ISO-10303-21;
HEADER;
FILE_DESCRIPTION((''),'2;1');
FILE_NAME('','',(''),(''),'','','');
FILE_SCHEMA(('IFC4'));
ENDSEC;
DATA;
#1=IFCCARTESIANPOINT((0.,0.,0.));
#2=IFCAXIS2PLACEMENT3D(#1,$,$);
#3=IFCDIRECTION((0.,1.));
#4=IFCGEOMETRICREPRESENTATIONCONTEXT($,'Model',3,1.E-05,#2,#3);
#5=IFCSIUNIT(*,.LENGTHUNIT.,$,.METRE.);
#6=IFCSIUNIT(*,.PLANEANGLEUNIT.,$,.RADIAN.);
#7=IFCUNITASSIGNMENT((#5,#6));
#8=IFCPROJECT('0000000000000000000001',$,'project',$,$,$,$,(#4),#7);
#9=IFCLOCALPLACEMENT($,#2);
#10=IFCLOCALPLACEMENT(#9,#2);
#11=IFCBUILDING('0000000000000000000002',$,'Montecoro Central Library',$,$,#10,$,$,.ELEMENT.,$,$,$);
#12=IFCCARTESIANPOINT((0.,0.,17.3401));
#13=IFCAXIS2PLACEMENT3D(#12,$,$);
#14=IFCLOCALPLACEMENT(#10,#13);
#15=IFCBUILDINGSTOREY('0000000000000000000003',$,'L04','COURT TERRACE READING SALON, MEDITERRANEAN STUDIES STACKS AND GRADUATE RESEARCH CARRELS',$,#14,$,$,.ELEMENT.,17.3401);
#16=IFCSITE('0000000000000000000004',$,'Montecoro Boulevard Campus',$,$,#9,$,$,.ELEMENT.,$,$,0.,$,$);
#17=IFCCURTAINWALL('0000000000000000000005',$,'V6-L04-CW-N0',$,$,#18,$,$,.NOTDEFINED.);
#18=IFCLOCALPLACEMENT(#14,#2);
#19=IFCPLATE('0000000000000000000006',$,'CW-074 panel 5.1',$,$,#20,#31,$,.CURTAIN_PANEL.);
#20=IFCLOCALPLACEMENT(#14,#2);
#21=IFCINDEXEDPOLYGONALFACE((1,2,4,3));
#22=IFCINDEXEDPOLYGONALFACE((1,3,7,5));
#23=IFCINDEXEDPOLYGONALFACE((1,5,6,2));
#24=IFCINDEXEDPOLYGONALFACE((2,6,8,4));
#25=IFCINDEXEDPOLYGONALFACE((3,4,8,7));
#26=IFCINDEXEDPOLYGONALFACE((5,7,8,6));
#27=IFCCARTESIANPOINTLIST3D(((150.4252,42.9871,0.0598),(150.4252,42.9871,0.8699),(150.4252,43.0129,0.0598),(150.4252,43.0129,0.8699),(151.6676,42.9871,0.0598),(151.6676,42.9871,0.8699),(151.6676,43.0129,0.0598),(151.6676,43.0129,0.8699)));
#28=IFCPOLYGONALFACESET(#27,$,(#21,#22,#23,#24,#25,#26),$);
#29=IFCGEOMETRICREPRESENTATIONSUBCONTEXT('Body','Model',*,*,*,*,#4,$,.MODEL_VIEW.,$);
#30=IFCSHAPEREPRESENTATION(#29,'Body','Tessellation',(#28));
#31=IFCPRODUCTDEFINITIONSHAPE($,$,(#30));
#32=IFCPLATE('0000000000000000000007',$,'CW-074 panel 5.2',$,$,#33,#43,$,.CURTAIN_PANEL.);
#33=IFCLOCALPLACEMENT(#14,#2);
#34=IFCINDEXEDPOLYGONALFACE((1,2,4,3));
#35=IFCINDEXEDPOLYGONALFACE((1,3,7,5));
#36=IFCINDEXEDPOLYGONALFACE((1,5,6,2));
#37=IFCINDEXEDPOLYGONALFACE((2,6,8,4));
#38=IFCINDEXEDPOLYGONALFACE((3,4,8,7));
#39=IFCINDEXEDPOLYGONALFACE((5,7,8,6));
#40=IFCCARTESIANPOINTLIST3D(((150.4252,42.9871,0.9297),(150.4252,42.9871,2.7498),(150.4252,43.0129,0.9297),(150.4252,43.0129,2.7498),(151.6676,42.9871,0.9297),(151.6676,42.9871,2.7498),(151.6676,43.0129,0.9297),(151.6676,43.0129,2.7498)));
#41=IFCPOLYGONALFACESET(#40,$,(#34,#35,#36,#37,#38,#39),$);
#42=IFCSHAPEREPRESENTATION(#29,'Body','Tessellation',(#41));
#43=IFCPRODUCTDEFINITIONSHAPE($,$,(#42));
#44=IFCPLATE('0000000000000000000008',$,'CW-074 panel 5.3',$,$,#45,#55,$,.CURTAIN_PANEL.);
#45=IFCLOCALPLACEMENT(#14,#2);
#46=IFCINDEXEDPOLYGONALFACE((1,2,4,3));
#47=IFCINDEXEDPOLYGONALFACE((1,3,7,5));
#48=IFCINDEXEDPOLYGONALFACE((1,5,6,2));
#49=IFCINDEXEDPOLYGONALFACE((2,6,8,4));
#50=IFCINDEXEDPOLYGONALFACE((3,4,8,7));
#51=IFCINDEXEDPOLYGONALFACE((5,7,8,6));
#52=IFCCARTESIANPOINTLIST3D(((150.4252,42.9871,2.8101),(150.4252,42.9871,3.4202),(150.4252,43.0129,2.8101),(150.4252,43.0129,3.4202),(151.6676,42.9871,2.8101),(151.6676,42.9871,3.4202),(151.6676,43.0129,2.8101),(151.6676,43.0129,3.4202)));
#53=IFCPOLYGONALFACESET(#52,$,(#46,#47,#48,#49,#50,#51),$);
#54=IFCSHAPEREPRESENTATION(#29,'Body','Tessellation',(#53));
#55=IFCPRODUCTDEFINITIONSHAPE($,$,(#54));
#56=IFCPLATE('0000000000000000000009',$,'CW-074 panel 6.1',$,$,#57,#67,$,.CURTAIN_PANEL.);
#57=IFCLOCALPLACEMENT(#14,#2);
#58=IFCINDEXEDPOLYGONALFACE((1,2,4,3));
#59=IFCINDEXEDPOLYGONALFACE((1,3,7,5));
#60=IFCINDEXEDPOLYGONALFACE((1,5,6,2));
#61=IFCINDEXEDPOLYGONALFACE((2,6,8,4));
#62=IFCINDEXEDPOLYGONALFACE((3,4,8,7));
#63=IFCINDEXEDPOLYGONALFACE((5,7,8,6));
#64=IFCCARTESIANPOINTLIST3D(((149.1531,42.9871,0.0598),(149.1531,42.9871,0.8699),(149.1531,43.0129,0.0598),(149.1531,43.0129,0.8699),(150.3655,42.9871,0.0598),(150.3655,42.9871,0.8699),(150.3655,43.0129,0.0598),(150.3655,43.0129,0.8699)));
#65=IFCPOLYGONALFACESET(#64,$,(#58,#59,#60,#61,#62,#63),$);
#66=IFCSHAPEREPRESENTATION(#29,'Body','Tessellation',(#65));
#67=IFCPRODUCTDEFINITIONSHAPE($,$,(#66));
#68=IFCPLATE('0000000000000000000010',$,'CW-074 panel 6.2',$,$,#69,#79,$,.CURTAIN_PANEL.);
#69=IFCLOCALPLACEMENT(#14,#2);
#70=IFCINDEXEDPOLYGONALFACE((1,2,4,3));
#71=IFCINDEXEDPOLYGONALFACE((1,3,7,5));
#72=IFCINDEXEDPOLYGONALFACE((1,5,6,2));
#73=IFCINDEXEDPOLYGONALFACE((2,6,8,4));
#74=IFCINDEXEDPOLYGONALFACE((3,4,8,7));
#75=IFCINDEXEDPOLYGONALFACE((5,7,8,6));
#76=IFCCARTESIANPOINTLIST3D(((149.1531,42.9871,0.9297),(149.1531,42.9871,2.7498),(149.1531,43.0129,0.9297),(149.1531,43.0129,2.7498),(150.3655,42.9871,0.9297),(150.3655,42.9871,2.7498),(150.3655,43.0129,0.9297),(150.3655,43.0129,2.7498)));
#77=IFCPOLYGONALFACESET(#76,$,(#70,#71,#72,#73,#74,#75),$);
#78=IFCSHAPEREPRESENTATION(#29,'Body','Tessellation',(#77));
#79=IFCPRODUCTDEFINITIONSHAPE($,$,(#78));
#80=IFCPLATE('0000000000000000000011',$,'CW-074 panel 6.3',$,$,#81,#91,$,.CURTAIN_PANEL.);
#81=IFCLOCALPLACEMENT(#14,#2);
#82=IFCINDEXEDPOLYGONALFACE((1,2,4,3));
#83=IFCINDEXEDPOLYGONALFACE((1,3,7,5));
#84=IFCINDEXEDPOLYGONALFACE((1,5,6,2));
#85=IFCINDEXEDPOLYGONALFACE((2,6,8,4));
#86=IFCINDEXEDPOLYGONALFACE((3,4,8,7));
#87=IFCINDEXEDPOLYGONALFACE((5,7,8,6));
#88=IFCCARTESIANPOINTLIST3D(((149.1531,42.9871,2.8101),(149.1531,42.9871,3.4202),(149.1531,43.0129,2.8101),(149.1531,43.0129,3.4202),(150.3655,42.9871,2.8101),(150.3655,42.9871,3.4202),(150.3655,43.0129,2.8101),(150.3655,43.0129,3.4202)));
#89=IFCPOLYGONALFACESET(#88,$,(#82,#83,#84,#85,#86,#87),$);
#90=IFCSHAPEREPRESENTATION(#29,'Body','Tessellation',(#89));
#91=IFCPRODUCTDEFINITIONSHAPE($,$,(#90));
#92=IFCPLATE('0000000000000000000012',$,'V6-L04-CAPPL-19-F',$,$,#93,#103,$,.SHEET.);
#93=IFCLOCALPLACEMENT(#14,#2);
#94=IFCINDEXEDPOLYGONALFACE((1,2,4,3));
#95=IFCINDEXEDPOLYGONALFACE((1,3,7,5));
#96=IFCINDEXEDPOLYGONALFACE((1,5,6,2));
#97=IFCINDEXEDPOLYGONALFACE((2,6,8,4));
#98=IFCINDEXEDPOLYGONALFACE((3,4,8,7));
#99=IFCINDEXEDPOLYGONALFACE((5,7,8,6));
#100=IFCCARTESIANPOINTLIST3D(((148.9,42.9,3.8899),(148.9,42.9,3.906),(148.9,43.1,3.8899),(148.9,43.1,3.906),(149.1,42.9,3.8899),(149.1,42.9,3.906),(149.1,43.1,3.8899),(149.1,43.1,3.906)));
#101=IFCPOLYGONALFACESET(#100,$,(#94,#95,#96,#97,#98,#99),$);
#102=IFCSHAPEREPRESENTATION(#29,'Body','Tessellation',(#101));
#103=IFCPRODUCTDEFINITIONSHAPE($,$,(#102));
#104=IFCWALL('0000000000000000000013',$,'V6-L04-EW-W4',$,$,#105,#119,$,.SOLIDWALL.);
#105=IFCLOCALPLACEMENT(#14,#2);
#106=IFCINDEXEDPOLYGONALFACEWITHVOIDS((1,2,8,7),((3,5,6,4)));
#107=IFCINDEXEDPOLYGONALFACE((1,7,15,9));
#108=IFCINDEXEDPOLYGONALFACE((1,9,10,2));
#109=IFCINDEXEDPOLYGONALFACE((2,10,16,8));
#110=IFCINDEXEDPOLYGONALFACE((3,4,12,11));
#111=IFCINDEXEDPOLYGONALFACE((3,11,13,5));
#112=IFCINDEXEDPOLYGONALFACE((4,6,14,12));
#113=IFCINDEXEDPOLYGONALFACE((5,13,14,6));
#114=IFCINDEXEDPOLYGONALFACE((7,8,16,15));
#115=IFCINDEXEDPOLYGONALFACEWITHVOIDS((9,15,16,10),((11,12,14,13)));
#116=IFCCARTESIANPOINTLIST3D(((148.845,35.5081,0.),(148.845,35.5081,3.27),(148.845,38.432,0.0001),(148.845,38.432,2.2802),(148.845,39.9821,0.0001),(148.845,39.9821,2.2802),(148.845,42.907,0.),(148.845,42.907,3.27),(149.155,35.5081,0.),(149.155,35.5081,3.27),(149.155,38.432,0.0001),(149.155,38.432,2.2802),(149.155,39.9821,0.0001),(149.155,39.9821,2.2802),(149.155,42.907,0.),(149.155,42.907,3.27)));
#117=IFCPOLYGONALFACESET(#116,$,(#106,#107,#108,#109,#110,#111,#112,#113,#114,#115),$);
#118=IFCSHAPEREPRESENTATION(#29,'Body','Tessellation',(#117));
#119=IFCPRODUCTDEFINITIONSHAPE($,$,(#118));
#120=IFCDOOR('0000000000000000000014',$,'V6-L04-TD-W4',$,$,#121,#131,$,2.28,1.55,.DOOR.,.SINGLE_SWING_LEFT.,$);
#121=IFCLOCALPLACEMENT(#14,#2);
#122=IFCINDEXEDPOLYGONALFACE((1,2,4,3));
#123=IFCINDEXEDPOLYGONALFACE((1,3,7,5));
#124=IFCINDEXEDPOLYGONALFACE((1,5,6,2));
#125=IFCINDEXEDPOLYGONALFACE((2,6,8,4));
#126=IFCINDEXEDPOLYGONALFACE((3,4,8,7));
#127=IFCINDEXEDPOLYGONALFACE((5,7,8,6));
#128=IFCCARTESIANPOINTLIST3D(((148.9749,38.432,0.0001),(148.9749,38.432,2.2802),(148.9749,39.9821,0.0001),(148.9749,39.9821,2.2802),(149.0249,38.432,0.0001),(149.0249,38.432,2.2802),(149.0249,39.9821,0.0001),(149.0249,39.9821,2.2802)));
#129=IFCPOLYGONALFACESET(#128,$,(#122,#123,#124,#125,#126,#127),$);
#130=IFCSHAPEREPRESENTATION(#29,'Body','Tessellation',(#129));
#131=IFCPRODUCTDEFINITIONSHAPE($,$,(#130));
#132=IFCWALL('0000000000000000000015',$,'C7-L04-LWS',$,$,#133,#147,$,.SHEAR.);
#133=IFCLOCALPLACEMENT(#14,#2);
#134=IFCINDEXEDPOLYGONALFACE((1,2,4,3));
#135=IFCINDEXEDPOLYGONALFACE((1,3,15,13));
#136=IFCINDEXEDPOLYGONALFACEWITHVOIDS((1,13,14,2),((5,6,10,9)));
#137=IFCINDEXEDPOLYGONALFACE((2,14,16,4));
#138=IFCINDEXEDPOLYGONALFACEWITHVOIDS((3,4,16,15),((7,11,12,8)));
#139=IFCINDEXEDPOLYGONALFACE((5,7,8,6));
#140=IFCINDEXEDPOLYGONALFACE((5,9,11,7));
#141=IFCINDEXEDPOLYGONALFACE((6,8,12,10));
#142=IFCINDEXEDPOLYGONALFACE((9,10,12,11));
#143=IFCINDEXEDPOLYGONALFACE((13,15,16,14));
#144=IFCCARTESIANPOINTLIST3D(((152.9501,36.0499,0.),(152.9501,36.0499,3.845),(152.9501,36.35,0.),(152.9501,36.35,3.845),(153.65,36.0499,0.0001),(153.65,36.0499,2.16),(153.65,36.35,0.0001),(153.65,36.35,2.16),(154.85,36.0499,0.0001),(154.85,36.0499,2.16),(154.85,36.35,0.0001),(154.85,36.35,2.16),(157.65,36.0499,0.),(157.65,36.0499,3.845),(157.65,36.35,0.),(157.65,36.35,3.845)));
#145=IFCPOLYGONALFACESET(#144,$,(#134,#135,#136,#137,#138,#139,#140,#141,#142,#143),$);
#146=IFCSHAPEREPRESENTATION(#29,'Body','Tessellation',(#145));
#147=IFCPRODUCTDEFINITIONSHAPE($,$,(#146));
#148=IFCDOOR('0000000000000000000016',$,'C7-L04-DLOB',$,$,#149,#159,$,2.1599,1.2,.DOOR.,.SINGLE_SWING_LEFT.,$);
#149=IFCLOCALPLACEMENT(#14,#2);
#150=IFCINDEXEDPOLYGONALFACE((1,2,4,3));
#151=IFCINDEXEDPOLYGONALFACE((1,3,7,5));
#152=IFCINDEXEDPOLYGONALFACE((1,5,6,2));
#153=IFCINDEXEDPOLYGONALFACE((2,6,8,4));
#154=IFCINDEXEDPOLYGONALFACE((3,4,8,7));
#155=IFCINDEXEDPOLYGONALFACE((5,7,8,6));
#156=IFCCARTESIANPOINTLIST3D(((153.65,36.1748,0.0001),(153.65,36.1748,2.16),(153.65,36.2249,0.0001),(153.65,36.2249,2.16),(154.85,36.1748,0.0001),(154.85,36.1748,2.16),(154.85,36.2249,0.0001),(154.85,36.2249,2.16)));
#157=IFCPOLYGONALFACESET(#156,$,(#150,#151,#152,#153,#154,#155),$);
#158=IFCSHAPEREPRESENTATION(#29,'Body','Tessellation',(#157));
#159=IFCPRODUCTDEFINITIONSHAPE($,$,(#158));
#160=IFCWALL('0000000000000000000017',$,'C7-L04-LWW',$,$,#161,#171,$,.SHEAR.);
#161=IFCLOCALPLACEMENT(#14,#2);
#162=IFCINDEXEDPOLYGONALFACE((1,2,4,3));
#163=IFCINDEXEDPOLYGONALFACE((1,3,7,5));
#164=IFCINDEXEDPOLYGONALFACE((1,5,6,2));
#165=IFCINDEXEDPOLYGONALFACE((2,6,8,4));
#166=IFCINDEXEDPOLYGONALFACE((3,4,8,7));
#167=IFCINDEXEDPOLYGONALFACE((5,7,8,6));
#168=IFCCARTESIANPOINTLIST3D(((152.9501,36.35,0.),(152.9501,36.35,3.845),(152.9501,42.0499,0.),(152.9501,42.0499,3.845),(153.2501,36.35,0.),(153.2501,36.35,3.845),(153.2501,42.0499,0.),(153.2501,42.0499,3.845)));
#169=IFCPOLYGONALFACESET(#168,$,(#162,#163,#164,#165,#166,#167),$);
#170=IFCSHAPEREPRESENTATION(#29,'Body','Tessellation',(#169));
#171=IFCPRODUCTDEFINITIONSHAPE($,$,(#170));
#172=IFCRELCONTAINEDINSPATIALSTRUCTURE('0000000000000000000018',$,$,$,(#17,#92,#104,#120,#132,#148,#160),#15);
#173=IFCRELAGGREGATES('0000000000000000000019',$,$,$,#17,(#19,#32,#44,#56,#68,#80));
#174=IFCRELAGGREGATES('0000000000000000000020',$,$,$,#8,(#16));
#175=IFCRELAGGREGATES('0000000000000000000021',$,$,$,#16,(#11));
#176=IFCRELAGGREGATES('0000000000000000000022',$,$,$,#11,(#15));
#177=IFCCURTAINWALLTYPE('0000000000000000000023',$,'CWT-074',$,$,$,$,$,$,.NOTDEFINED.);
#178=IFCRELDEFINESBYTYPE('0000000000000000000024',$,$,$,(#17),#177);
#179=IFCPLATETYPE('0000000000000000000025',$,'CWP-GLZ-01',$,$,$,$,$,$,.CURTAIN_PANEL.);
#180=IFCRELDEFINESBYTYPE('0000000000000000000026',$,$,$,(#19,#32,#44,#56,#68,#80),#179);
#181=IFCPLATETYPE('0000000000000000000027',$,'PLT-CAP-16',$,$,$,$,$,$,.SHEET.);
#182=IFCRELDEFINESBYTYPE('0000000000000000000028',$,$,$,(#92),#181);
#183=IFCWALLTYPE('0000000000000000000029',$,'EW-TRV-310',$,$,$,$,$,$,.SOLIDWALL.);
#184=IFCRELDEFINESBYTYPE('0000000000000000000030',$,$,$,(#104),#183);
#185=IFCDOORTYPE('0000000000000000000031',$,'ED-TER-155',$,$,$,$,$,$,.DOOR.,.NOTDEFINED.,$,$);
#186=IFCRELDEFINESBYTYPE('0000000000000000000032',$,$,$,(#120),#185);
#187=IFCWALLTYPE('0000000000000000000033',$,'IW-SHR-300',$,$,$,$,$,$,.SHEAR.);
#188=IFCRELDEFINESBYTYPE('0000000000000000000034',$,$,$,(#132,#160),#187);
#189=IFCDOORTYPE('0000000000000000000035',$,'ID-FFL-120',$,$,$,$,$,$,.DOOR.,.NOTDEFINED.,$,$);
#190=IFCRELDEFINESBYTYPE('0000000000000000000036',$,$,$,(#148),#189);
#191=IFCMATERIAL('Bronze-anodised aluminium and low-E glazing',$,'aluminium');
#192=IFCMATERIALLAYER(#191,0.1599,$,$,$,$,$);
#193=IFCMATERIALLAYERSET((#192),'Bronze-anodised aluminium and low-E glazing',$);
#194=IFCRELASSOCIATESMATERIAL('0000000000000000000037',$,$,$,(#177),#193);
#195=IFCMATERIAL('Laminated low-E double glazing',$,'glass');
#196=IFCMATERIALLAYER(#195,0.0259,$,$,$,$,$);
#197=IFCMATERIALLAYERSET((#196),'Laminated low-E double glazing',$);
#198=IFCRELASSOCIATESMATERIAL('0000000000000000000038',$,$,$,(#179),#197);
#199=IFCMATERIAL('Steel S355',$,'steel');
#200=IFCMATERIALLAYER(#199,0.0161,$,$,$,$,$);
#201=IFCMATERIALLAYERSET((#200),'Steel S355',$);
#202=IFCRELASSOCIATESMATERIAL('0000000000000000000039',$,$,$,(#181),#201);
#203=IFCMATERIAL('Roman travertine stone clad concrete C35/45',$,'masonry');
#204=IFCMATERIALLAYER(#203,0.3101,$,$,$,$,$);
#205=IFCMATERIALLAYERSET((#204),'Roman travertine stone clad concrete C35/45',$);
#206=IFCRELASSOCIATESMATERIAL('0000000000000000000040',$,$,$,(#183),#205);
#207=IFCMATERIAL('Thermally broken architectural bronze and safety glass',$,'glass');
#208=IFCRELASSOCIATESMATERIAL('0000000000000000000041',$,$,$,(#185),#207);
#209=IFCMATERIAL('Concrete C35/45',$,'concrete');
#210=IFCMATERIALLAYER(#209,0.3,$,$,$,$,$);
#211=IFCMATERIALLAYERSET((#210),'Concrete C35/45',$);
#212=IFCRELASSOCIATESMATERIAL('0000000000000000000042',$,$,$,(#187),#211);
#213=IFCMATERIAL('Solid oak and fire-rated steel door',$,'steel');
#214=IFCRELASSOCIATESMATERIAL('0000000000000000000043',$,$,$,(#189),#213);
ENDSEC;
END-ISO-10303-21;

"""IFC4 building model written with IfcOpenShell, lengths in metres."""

from ifc_helpers import new_model, si_unit, direction, frame, frame_2d, origin, origin_2d, place, context, subcontext, project, spatial, rectangle, extrude, material, layer, layer_set, type_object, element, fill, aggregate, save


model = new_model("IFC4")

# Units and contexts
model_context = context("Model", 3, precision=1e-05, world=origin(), true_north=direction((0.0, 1.0)))
body_context = subcontext(model_context, "Body", "Model", "MODEL_VIEW")
ifc_project = project(units=[si_unit("LENGTHUNIT", "METRE"), si_unit("PLANEANGLEUNIT", "RADIAN")], contexts=[model_context])

# Site, building, storey
site_placement = place(None, origin())
site = spatial("IfcSite", under=ifc_project, at=site_placement, Name="Montecoro Boulevard Campus", CompositionType="ELEMENT", RefElevation=0.0)
building_placement = place(site_placement, origin())
building = spatial("IfcBuilding", under=site, at=building_placement, Name="Montecoro Central Library", CompositionType="ELEMENT")
storey_placement = place(building_placement, frame((0.0, 0.0, 17.3401)))
storey = spatial("IfcBuildingStorey", under=building, at=storey_placement, Name="L04", Description="COURT TERRACE READING SALON, MEDITERRANEAN STUDIES STACKS AND GRADUATE RESEARCH CARRELS", CompositionType="ELEMENT", Elevation=17.3401)

# Shared definitions
ifc_material_1 = material(Name="Steel S355", Category="steel")

# Curtain wall, plates
ifc_material_2 = material(Name="Bronze-anodised aluminium and low-E glazing", Category="aluminium")
ifc_layer_1 = layer(ifc_material_2, 0.1599)
ifc_layer_set_1 = layer_set([ifc_layer_1], Name="Bronze-anodised aluminium and low-E glazing")
curtain_wall_type = type_object("IfcCurtainWallType", Name="CWT-074", PredefinedType="NOTDEFINED", material=ifc_layer_set_1)
curtain_wall_placement = place(storey_placement, origin())
curtain_wall = element("IfcCurtainWall", 1, at=curtain_wall_placement, inside=storey, type_object=curtain_wall_type, Name="V6-L04-CW-N0", PredefinedType="NOTDEFINED")
ifc_material_3 = material(Name="Laminated low-E double glazing", Category="glass")
ifc_layer_2 = layer(ifc_material_3, 0.0259)
ifc_layer_set_2 = layer_set([ifc_layer_2], Name="Laminated low-E double glazing")
plate_type_1 = type_object("IfcPlateType", Name="CWP-GLZ-01", PredefinedType="CURTAIN_PANEL", material=ifc_layer_set_2)
plate_1_placement = place(storey_placement, frame((151.0464, 43.0, 0.0598), z_axis=(0.0, 0.0, 1.0), x_axis=(-1.0, 0.0, 0.0)))
plate_1 = element("IfcPlate", 2, at=plate_1_placement, type_object=plate_type_1, Name="CW-074 panel 5.1", PredefinedType="CURTAIN_PANEL", context=body_context, shape_type="SweptSolid", body=[
    extrude(rectangle(XDim=1.2424, YDim=0.0259, at=origin_2d()), origin(), (0.0, 0.0, 1.0), 0.8101),
])
plate_2_placement = place(storey_placement, frame((151.0464, 43.0, 0.9297), z_axis=(0.0, 0.0, 1.0), x_axis=(-1.0, 0.0, 0.0)))
plate_2 = element("IfcPlate", 3, at=plate_2_placement, type_object=plate_type_1, Name="CW-074 panel 5.2", PredefinedType="CURTAIN_PANEL", context=body_context, shape_type="SweptSolid", body=[
    extrude(rectangle(XDim=1.2424, YDim=0.0259, at=origin_2d()), origin(), (0.0, 0.0, 1.0), 1.8201),
])
plate_3_placement = place(storey_placement, frame((151.0464, 43.0, 2.8101), z_axis=(0.0, 0.0, 1.0), x_axis=(-1.0, 0.0, 0.0)))
plate_3 = element("IfcPlate", 4, at=plate_3_placement, type_object=plate_type_1, Name="CW-074 panel 5.3", PredefinedType="CURTAIN_PANEL", context=body_context, shape_type="SweptSolid", body=[
    extrude(rectangle(XDim=1.2424, YDim=0.0259, at=origin_2d()), origin(), (0.0, 0.0, 1.0), 0.6101),
])
plate_4_placement = place(storey_placement, frame((149.7593, 43.0, 0.0598), z_axis=(0.0, 0.0, 1.0), x_axis=(-1.0, 0.0, 0.0)))
plate_4 = element("IfcPlate", 5, at=plate_4_placement, type_object=plate_type_1, Name="CW-074 panel 6.1", PredefinedType="CURTAIN_PANEL", context=body_context, shape_type="SweptSolid", body=[
    extrude(rectangle(XDim=1.2124, YDim=0.0259, at=origin_2d()), origin(), (0.0, 0.0, 1.0), 0.8101),
])
plate_5_placement = place(storey_placement, frame((149.7593, 43.0, 0.9297), z_axis=(0.0, 0.0, 1.0), x_axis=(-1.0, 0.0, 0.0)))
plate_5 = element("IfcPlate", 6, at=plate_5_placement, type_object=plate_type_1, Name="CW-074 panel 6.2", PredefinedType="CURTAIN_PANEL", context=body_context, shape_type="SweptSolid", body=[
    extrude(rectangle(XDim=1.2124, YDim=0.0259, at=origin_2d()), origin(), (0.0, 0.0, 1.0), 1.8201),
])
plate_6_placement = place(storey_placement, frame((149.7593, 43.0, 2.8101), z_axis=(0.0, 0.0, 1.0), x_axis=(-1.0, 0.0, 0.0)))
plate_6 = element("IfcPlate", 7, at=plate_6_placement, type_object=plate_type_1, Name="CW-074 panel 6.3", PredefinedType="CURTAIN_PANEL", context=body_context, shape_type="SweptSolid", body=[
    extrude(rectangle(XDim=1.2124, YDim=0.0259, at=origin_2d()), origin(), (0.0, 0.0, 1.0), 0.6101),
])
aggregate(curtain_wall, [plate_1, plate_2, plate_3, plate_4, plate_5, plate_6])

# Plate
ifc_layer_3 = layer(ifc_material_1, 0.0161)
ifc_layer_set_3 = layer_set([ifc_layer_3], Name="Steel S355")
plate_type_2 = type_object("IfcPlateType", Name="PLT-CAP-16", PredefinedType="SHEET", material=ifc_layer_set_3)
plate_7_placement = place(storey_placement, frame((149.0, 43.0, 3.8899), z_axis=(0.0, 0.0, 1.0), x_axis=(1.0, 0.0, 0.0)))
element("IfcPlate", 8, at=plate_7_placement, inside=storey, type_object=plate_type_2, Name="V6-L04-CAPPL-19-F", PredefinedType="SHEET", context=body_context, shape_type="SweptSolid", body=[
    extrude(rectangle(XDim=0.2, YDim=0.2, at=origin_2d()), origin(), (0.0, 0.0, 1.0), 0.0161),
])

# Walls, openings, doors
ifc_material_4 = material(Name="Roman travertine stone clad concrete C35/45", Category="masonry")
ifc_layer_4 = layer(ifc_material_4, 0.3101)
ifc_layer_set_4 = layer_set([ifc_layer_4], Name="Roman travertine stone clad concrete C35/45")
wall_type_1 = type_object("IfcWallType", Name="EW-TRV-310", PredefinedType="SOLIDWALL", material=ifc_layer_set_4)
wall_1_placement = place(storey_placement, frame((149.0, 42.907, 0.0), z_axis=(0.0, 0.0, 1.0), x_axis=(0.0, -1.0, 0.0)))
wall_1 = element("IfcWall", 9, at=wall_1_placement, inside=storey, type_object=wall_type_1, Name="V6-L04-EW-W4", PredefinedType="SOLIDWALL", context=body_context, shape_type="SweptSolid", body=[
    extrude(rectangle(XDim=7.3989, YDim=0.3101, at=frame_2d((3.6995, 0.0))), origin(), (0.0, 0.0, 1.0), 3.27),
])
opening_1_placement = place(wall_1_placement, frame((2.925, 0.0, 0.0)))
opening_1 = element("IfcOpeningElement", 10, at=opening_1_placement, cuts=wall_1, PredefinedType="OPENING", context=body_context, shape_type="SweptSolid", body=[
    extrude(rectangle(XDim=1.55, YDim=2.28, at=frame_2d((0.7749, 1.1401))), frame((0.0, 0.165, 0.0), z_axis=(0.0, -1.0, 0.0), x_axis=(1.0, 0.0, 0.0)), (0.0, 0.0, 1.0), 0.3301),
])
ifc_material_5 = material(Name="Thermally broken architectural bronze and safety glass", Category="glass")
door_type_1 = type_object("IfcDoorType", Name="ED-TER-155", OperationType="NOTDEFINED", PredefinedType="DOOR", material=ifc_material_5)
door_1_placement = place(opening_1_placement, origin())
door_1 = element("IfcDoor", 11, at=door_1_placement, inside=storey, type_object=door_type_1, Name="V6-L04-TD-W4", OperationType="SINGLE_SWING_LEFT", OverallHeight=2.28, OverallWidth=1.55, PredefinedType="DOOR", context=body_context, shape_type="SweptSolid", body=[
    extrude(rectangle(XDim=1.55, YDim=2.28, at=frame_2d((0.7749, 1.1401))), frame((0.0, 0.0249, 0.0), z_axis=(0.0, -1.0, 0.0), x_axis=(1.0, 0.0, 0.0)), (0.0, 0.0, 1.0), 0.05),
])
fill(opening_1, door_1)
ifc_material_6 = material(Name="Concrete C35/45", Category="concrete")
ifc_layer_5 = layer(ifc_material_6, 0.3)
ifc_layer_set_5 = layer_set([ifc_layer_5], Name="Concrete C35/45")
wall_type_2 = type_object("IfcWallType", Name="IW-SHR-300", PredefinedType="SHEAR", material=ifc_layer_set_5)
wall_2_placement = place(storey_placement, frame((152.95, 36.2, 0.0), z_axis=(0.0, 0.0, 1.0), x_axis=(1.0, 0.0, 0.0)))
wall_2 = element("IfcWall", 12, at=wall_2_placement, inside=storey, type_object=wall_type_2, Name="C7-L04-LWS", PredefinedType="SHEAR", context=body_context, shape_type="SweptSolid", body=[
    extrude(rectangle(XDim=4.7, YDim=0.3, at=frame_2d((2.3501, 0.0))), origin(), (0.0, 0.0, 1.0), 3.845),
])
opening_2_placement = place(wall_2_placement, frame((0.7, 0.0, 0.0)))
opening_2 = element("IfcOpeningElement", 13, at=opening_2_placement, cuts=wall_2, PredefinedType="OPENING", context=body_context, shape_type="SweptSolid", body=[
    extrude(rectangle(XDim=1.2, YDim=2.1599, at=frame_2d((0.6001, 1.0801))), frame((0.0, 0.1599, 0.0), z_axis=(0.0, -1.0, 0.0), x_axis=(1.0, 0.0, 0.0)), (0.0, 0.0, 1.0), 0.3201),
])
ifc_material_7 = material(Name="Solid oak and fire-rated steel door", Category="steel")
door_type_2 = type_object("IfcDoorType", Name="ID-FFL-120", OperationType="NOTDEFINED", PredefinedType="DOOR", material=ifc_material_7)
door_2_placement = place(opening_2_placement, origin())
door_2 = element("IfcDoor", 14, at=door_2_placement, inside=storey, type_object=door_type_2, Name="C7-L04-DLOB", OperationType="SINGLE_SWING_LEFT", OverallHeight=2.1599, OverallWidth=1.2, PredefinedType="DOOR", context=body_context, shape_type="SweptSolid", body=[
    extrude(rectangle(XDim=1.2, YDim=2.1599, at=frame_2d((0.6001, 1.0801))), frame((0.0, 0.0249, 0.0), z_axis=(0.0, -1.0, 0.0), x_axis=(1.0, 0.0, 0.0)), (0.0, 0.0, 1.0), 0.05),
])
fill(opening_2, door_2)

# Wall
wall_3_placement = place(storey_placement, frame((153.1001, 42.05, 0.0), z_axis=(0.0, 0.0, 1.0), x_axis=(0.0, -1.0, 0.0)))
element("IfcWall", 15, at=wall_3_placement, inside=storey, type_object=wall_type_2, Name="C7-L04-LWW", PredefinedType="SHEAR", context=body_context, shape_type="SweptSolid", body=[
    extrude(rectangle(XDim=5.7, YDim=0.3, at=frame_2d((2.8501, 0.0))), origin(), (0.0, 0.0, 1.0), 3.845),
])

save(model, "model.ifc")
